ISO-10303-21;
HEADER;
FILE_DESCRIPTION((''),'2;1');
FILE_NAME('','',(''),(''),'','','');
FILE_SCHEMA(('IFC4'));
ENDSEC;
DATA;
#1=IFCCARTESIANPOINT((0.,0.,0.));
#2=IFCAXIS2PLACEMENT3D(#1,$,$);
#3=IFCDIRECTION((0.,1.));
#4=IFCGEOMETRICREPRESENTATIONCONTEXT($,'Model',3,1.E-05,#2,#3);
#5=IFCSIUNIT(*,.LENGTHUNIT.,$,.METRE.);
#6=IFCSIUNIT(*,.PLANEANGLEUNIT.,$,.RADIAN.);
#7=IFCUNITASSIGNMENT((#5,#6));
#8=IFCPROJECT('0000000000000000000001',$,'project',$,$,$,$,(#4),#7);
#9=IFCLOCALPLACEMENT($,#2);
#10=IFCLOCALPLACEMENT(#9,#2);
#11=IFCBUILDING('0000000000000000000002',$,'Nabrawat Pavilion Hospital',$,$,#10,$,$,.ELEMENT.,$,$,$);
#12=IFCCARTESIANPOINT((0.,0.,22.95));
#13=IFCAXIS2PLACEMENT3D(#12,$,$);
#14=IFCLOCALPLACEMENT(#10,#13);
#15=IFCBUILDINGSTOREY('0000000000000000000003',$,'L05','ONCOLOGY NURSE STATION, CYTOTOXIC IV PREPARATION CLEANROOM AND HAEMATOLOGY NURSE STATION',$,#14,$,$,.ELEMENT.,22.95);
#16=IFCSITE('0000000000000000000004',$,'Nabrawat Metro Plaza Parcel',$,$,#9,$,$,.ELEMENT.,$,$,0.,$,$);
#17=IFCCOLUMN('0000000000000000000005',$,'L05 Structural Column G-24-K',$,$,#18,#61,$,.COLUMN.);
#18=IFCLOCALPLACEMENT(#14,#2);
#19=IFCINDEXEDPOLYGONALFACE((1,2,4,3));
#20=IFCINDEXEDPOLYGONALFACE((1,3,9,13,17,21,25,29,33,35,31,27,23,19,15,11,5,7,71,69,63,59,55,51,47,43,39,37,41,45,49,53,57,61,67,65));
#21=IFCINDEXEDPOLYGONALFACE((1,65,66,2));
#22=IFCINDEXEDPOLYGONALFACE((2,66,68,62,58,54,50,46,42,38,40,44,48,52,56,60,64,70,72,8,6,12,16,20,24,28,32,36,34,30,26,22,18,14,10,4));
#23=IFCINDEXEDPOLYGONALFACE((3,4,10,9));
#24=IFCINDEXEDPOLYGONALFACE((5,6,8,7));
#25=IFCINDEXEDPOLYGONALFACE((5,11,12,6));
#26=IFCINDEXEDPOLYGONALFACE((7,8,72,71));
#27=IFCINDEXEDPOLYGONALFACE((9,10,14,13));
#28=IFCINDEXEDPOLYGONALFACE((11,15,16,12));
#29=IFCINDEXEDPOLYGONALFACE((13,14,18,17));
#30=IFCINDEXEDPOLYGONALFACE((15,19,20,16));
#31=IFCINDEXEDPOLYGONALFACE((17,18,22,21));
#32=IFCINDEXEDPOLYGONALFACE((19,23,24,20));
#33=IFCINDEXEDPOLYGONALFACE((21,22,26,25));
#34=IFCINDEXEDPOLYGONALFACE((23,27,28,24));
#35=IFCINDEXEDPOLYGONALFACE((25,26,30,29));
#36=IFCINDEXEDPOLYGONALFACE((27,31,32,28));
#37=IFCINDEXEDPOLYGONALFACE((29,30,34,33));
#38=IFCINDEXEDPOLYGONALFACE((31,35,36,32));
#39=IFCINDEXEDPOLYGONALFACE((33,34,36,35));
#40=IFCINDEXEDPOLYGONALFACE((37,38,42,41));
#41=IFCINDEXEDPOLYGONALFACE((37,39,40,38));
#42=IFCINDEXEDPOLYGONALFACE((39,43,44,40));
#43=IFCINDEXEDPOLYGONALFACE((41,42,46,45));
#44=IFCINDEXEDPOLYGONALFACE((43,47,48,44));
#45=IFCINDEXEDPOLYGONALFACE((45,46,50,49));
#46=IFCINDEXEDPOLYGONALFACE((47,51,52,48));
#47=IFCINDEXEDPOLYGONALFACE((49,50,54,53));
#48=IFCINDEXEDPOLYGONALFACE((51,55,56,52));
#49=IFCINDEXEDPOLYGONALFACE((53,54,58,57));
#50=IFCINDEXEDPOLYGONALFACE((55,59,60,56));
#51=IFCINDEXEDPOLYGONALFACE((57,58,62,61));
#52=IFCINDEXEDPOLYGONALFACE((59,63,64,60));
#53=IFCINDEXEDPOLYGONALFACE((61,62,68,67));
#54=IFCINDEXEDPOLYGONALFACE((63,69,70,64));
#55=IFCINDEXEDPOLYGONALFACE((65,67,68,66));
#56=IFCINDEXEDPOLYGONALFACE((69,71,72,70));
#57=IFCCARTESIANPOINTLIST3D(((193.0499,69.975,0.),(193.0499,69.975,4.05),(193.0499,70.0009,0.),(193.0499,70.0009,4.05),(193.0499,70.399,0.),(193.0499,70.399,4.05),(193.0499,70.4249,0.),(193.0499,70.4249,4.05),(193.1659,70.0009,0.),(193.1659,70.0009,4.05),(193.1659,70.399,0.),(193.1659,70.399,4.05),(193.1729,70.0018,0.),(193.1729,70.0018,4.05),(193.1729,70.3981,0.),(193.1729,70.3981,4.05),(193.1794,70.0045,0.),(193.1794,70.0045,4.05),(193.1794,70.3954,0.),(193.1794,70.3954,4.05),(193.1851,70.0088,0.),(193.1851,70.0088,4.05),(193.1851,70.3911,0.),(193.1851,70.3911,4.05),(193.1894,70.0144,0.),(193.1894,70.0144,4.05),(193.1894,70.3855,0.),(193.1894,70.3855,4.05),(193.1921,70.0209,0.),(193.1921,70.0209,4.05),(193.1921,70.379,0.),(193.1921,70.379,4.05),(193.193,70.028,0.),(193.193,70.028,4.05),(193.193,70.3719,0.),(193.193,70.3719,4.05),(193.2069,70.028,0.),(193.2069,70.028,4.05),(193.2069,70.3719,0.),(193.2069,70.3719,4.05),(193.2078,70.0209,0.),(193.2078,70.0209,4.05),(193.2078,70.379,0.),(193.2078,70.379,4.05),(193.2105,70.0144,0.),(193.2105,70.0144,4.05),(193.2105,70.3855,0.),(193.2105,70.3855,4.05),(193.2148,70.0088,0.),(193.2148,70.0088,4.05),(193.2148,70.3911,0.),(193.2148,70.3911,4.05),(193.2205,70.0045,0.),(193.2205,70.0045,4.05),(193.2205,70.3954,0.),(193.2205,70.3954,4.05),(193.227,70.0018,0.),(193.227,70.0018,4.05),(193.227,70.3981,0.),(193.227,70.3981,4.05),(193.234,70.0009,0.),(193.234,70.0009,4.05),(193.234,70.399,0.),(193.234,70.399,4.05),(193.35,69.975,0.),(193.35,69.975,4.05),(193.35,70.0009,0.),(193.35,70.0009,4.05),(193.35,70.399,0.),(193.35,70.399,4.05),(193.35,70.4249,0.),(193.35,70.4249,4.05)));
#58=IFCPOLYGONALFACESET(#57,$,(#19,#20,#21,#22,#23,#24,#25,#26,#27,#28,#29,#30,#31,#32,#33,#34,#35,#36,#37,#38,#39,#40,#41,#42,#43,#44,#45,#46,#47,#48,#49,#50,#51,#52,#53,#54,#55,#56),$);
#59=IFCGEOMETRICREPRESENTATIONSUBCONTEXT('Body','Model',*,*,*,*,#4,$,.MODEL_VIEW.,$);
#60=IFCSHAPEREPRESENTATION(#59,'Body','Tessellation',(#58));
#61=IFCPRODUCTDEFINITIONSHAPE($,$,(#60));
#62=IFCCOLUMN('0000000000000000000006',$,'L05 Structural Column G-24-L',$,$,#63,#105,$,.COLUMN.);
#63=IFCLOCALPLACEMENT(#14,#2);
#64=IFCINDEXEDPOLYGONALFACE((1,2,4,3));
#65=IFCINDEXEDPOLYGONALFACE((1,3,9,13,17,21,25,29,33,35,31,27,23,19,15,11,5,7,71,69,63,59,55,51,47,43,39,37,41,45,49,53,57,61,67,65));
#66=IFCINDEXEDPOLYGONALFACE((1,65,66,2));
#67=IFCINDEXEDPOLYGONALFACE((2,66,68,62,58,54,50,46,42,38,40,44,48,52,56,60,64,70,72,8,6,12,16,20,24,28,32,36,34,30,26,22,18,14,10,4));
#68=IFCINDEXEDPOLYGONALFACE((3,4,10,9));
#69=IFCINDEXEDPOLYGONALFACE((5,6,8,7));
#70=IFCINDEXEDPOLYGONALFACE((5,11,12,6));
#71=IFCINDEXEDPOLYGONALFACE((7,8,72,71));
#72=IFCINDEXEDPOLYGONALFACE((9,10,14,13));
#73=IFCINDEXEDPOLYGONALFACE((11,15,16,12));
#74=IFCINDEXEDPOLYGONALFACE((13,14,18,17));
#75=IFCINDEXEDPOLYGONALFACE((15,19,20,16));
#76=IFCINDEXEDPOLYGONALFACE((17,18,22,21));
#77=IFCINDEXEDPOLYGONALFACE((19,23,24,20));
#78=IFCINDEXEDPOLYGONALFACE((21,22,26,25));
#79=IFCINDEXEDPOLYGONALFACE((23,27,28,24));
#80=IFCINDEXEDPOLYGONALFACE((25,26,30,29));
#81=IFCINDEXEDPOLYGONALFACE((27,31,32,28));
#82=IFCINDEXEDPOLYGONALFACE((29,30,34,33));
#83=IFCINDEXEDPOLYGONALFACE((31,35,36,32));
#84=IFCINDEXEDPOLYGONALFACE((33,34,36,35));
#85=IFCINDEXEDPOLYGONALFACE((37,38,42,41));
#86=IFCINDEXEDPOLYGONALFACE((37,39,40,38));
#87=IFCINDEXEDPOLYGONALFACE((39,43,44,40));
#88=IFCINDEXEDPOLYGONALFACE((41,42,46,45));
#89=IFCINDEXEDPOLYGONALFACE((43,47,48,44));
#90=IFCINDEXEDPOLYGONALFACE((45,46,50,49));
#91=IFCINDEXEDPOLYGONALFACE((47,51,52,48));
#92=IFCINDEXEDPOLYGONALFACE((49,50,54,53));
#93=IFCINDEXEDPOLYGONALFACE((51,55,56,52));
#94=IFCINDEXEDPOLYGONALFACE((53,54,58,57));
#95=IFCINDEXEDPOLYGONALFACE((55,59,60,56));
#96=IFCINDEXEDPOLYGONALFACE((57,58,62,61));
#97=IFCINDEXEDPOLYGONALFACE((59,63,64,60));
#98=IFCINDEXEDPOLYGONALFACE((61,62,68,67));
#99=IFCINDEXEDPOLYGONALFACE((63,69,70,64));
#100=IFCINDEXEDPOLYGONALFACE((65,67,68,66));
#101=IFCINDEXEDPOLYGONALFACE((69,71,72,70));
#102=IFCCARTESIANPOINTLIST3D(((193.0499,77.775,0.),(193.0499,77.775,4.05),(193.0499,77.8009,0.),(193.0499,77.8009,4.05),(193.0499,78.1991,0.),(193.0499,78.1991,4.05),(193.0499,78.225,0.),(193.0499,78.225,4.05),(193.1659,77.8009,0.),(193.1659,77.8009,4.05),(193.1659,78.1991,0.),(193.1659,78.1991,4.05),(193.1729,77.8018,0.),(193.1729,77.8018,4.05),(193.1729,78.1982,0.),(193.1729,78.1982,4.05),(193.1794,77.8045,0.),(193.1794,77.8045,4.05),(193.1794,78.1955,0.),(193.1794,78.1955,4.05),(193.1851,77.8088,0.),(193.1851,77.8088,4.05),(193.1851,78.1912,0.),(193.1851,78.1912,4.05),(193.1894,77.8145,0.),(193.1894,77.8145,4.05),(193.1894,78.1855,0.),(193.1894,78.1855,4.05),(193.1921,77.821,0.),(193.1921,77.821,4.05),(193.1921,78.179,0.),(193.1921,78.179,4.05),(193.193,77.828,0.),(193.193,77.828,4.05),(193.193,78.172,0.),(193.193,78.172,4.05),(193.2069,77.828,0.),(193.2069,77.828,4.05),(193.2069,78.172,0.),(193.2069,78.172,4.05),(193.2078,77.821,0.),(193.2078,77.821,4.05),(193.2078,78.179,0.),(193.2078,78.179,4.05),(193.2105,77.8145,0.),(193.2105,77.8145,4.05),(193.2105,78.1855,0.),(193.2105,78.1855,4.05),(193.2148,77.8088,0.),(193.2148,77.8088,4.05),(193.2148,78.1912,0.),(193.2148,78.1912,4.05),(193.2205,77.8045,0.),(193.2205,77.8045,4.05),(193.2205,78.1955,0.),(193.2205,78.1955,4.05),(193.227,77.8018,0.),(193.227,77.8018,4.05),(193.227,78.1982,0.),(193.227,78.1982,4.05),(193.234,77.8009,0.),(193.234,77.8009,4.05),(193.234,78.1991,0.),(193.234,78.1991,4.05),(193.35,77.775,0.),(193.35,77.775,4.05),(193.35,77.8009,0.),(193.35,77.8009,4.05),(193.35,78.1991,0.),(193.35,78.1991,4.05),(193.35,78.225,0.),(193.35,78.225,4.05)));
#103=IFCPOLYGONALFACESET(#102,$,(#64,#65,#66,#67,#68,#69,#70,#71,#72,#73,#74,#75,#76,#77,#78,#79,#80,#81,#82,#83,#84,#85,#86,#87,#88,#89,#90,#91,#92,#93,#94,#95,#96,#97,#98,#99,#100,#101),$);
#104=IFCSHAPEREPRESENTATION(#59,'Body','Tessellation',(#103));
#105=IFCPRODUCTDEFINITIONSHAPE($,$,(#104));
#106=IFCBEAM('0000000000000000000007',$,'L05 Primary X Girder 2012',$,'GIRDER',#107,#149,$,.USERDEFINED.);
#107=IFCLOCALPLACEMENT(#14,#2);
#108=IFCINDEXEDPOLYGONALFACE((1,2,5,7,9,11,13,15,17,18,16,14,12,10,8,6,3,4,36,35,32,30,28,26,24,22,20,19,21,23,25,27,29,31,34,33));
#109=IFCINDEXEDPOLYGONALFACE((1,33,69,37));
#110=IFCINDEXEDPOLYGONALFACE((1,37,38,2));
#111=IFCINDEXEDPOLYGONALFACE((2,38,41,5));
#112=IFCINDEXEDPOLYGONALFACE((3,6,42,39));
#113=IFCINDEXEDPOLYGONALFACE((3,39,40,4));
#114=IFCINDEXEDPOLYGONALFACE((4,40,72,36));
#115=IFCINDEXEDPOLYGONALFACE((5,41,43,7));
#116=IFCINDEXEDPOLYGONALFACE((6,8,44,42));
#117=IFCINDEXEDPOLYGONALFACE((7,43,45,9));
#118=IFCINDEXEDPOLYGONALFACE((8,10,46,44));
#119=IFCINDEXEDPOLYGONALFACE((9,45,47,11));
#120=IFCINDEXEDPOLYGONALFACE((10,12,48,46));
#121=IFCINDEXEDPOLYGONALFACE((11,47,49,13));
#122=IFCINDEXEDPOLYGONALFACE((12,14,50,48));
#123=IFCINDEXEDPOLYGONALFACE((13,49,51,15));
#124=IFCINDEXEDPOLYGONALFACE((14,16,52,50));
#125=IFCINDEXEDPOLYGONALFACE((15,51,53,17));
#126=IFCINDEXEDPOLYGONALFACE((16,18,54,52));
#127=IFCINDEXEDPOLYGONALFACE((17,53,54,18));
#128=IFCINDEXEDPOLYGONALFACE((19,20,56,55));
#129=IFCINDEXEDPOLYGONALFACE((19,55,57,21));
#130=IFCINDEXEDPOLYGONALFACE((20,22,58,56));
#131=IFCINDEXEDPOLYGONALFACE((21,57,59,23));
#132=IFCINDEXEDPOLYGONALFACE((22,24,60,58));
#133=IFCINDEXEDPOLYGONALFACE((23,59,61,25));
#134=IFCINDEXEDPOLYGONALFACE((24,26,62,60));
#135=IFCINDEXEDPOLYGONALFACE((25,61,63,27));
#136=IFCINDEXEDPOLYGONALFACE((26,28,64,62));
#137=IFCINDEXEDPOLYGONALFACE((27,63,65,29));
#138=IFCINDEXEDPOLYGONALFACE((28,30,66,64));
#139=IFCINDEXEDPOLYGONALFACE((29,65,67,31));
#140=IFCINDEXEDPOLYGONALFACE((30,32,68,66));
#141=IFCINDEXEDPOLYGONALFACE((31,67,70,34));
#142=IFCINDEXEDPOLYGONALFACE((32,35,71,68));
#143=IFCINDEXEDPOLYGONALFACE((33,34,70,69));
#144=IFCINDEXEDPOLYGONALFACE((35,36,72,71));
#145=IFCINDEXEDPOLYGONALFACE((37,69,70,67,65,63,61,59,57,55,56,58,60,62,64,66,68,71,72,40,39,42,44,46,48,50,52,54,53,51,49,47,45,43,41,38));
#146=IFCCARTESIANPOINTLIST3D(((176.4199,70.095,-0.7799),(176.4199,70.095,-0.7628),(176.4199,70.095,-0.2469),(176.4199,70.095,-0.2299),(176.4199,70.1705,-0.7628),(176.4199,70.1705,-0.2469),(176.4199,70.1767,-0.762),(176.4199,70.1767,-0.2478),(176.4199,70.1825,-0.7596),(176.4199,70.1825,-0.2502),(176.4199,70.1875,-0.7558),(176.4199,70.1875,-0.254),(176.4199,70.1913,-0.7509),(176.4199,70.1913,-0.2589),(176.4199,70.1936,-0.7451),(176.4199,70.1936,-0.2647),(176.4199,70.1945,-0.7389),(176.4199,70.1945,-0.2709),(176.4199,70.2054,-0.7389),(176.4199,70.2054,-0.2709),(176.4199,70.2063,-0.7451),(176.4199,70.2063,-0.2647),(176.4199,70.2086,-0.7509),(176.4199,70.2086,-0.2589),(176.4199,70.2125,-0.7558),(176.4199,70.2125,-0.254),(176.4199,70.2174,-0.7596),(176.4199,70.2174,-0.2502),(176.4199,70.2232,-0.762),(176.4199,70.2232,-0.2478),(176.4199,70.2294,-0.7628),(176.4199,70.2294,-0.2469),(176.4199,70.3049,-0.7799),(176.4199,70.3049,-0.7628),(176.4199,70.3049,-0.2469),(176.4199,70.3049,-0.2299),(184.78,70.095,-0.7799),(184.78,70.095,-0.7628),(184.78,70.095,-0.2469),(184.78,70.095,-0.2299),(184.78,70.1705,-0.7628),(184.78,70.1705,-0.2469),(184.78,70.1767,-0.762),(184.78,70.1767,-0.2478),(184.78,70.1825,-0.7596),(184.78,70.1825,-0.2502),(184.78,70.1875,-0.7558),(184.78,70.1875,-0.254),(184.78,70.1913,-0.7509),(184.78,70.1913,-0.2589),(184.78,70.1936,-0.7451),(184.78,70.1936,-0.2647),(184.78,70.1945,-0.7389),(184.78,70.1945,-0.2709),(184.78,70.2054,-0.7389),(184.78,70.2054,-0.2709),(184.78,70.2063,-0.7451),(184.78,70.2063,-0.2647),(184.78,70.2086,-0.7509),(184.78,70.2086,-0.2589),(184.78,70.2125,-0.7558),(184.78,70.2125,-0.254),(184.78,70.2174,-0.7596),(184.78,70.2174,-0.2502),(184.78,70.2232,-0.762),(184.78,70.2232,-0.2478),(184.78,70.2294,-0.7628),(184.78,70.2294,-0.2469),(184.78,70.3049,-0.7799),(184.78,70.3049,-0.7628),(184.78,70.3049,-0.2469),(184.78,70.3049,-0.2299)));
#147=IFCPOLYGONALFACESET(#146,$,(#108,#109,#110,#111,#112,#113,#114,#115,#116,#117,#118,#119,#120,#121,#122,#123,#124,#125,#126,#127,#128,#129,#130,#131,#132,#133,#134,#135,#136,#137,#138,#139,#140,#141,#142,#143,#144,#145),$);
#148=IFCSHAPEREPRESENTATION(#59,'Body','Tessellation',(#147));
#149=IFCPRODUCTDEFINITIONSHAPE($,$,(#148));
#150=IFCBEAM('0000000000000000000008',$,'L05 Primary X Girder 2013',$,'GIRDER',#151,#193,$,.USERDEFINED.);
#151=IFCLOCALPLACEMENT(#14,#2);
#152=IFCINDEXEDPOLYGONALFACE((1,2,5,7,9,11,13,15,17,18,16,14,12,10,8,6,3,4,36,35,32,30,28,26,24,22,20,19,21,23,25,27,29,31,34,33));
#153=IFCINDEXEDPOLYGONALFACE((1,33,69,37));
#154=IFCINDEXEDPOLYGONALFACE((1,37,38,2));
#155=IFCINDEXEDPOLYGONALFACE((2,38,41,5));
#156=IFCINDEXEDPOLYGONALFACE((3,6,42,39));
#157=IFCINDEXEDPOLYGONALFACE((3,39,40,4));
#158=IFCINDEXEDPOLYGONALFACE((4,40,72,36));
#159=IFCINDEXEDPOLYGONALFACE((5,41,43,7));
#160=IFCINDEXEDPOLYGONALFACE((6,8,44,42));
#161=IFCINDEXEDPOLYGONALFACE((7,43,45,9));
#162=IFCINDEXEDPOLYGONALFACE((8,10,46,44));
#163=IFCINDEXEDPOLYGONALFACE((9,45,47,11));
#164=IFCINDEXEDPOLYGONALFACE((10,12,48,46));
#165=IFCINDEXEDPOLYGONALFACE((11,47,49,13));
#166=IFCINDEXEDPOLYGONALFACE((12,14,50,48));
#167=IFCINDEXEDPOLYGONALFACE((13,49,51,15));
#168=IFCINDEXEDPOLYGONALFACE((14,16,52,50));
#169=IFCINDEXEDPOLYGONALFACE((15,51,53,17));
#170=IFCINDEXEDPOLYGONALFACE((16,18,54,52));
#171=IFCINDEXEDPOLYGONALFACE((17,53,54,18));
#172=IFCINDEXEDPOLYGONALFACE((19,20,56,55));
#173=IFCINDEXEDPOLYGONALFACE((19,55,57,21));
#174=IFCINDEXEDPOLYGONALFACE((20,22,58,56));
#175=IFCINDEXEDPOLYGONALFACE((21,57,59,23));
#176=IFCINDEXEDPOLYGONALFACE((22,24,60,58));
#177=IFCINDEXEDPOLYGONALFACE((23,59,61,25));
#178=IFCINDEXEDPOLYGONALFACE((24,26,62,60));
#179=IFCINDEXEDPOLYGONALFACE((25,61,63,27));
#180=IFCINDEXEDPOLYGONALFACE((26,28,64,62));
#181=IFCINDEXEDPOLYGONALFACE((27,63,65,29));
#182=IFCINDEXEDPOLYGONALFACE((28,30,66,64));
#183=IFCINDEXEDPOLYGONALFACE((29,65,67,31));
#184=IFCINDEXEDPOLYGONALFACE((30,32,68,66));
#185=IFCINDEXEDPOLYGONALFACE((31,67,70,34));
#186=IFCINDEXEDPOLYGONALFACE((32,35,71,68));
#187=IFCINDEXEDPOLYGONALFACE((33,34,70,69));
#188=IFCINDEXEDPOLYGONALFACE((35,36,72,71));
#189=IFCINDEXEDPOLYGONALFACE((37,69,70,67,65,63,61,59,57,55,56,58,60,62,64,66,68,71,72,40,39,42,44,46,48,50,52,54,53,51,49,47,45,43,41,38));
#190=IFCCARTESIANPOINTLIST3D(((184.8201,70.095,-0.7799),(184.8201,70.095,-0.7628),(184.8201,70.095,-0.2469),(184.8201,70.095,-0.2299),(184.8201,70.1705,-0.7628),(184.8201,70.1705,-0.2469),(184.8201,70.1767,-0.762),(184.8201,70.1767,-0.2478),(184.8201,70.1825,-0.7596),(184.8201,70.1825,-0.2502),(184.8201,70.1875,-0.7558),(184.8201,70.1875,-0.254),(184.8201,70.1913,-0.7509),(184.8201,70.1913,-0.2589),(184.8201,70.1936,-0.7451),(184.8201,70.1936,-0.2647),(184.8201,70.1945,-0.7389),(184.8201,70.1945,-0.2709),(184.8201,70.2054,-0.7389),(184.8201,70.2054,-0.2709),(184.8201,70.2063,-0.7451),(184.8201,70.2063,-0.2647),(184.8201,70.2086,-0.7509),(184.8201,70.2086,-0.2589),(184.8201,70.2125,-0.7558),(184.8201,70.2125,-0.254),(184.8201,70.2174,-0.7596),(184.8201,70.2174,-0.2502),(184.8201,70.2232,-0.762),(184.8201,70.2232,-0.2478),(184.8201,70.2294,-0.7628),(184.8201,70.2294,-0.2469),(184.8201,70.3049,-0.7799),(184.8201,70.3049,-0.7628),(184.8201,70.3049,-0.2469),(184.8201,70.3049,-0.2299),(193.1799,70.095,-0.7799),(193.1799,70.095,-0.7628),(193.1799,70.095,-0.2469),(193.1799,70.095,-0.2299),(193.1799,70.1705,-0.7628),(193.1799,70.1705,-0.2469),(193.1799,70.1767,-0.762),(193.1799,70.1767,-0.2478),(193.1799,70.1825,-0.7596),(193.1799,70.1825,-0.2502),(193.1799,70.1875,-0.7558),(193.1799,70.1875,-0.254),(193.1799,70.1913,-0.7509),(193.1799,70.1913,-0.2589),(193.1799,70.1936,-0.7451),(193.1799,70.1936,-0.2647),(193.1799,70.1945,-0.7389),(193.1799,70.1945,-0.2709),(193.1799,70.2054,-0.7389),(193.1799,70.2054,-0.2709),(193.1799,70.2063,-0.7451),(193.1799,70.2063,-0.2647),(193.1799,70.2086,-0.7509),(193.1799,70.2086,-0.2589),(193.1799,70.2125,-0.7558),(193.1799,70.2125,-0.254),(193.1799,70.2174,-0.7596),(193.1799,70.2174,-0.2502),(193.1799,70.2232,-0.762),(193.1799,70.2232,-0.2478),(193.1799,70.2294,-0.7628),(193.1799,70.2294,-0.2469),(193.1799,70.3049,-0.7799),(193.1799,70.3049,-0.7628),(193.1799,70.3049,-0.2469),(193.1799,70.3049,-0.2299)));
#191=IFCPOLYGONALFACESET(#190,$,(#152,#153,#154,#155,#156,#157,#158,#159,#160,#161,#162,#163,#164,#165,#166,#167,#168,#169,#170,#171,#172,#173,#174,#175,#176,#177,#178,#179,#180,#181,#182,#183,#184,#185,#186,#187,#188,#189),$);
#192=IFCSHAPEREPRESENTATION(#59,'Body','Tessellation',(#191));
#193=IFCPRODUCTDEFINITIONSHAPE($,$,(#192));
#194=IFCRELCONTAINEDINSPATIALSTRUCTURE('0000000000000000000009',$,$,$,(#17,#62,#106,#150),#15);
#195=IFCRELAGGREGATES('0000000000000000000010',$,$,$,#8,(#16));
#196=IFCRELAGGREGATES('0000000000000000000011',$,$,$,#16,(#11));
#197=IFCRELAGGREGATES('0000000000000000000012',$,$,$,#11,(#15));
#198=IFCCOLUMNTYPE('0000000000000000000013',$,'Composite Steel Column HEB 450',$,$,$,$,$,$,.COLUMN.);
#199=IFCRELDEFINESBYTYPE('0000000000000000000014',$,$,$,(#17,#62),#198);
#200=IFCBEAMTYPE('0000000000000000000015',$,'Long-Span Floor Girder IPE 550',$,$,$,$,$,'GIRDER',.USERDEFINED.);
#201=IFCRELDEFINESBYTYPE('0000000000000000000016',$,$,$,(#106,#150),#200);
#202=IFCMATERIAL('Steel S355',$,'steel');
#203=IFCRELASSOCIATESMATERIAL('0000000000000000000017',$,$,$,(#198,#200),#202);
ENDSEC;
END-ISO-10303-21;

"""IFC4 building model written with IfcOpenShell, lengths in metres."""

from ifc_helpers import new_model, si_unit, direction, frame, origin, origin_2d, place, context, subcontext, project, spatial, i_section, extrude, material, material_profile, profile_set, type_object, element, save


model = new_model("IFC4")

# Units and contexts
model_context = context("Model", 3, precision=1e-05, world=origin(), true_north=direction((0.0, 1.0)))
body_context = subcontext(model_context, "Body", "Model", "MODEL_VIEW")
ifc_project = project(units=[si_unit("LENGTHUNIT", "METRE"), si_unit("PLANEANGLEUNIT", "RADIAN")], contexts=[model_context])

# Site, building, storey
site_placement = place(None, origin())
site = spatial("IfcSite", under=ifc_project, at=site_placement, Name="Nabrawat Metro Plaza Parcel", CompositionType="ELEMENT", RefElevation=0.0)
building_placement = place(site_placement, origin())
building = spatial("IfcBuilding", under=site, at=building_placement, Name="Nabrawat Pavilion Hospital", CompositionType="ELEMENT")
storey_placement = place(building_placement, frame((0.0, 0.0, 22.95)))
storey = spatial("IfcBuildingStorey", under=building, at=storey_placement, Name="L05", Description="ONCOLOGY NURSE STATION, CYTOTOXIC IV PREPARATION CLEANROOM AND HAEMATOLOGY NURSE STATION", CompositionType="ELEMENT", Elevation=22.95)

# Columns
ifc_material_1 = material(Name="Steel S355", Category="steel")
ifc_material_profile_1 = material_profile(ifc_material_1, i_section(OverallWidth=0.3, OverallDepth=0.45, WebThickness=0.0139, FlangeThickness=0.0259, FilletRadius=0.0271, at=origin_2d()), Name="HEB 450")
ifc_profile_set_1 = profile_set([ifc_material_profile_1], Name="Steel S355")
column_type = type_object("IfcColumnType", Name="Composite Steel Column HEB 450", PredefinedType="COLUMN", material=ifc_profile_set_1)
for number, where, z_axis, x_axis, name in (
    (1, (193.2, 70.2, 0.0), (0.0, 0.0, 1.0), (1.0, 0.0, 0.0), "L05 Structural Column G-24-K"),
    (2, (193.2, 78.0, 0.0), (0.0, 0.0, 1.0), (1.0, 0.0, 0.0), "L05 Structural Column G-24-L"),
):
    element("IfcColumn", number, at=place(storey_placement, frame(where, z_axis=z_axis, x_axis=x_axis)), inside=storey, type_object=column_type, Name=name, PredefinedType="COLUMN", context=body_context, shape_type="SweptSolid", body=[
        extrude(i_section(OverallWidth=0.3, OverallDepth=0.45, WebThickness=0.0139, FlangeThickness=0.0259, FilletRadius=0.0271, at=origin_2d()), origin(), (0.0, 0.0, 1.0), 4.05),
    ])

# Beams
ifc_material_profile_2 = material_profile(ifc_material_1, i_section(OverallWidth=0.21, OverallDepth=0.55, WebThickness=0.011, FlangeThickness=0.0171, FilletRadius=0.0239, at=origin_2d()), Name="IPE 550")
ifc_profile_set_2 = profile_set([ifc_material_profile_2], Name="Steel S355")
beam_type_1 = type_object("IfcBeamType", Name="Long-Span Floor Girder IPE 550", ElementType="GIRDER", PredefinedType="USERDEFINED", material=ifc_profile_set_2)
beam_1_placement = place(storey_placement, frame((176.4199, 70.2, -0.5049), z_axis=(1.0, 0.0, 0.0), x_axis=(0.0, 1.0, 0.0)))
element("IfcBeam", 3, at=beam_1_placement, inside=storey, type_object=beam_type_1, Name="L05 Primary X Girder 2012", ObjectType="GIRDER", PredefinedType="USERDEFINED", context=body_context, shape_type="SweptSolid", body=[
    extrude(i_section(OverallWidth=0.21, OverallDepth=0.55, WebThickness=0.011, FlangeThickness=0.0171, FilletRadius=0.0239, at=origin_2d()), origin(), (0.0, 0.0, 1.0), 8.3601),
])
beam_2_placement = place(storey_placement, frame((184.8201, 70.2, -0.5049), z_axis=(1.0, 0.0, 0.0), x_axis=(0.0, 1.0, 0.0)))
element("IfcBeam", 4, at=beam_2_placement, inside=storey, type_object=beam_type_1, Name="L05 Primary X Girder 2013", ObjectType="GIRDER", PredefinedType="USERDEFINED", context=body_context, shape_type="SweptSolid", body=[
    extrude(i_section(OverallWidth=0.21, OverallDepth=0.55, WebThickness=0.011, FlangeThickness=0.0171, FilletRadius=0.0239, at=origin_2d()), origin(), (0.0, 0.0, 1.0), 8.3599),
])

save(model, "model.ifc")
